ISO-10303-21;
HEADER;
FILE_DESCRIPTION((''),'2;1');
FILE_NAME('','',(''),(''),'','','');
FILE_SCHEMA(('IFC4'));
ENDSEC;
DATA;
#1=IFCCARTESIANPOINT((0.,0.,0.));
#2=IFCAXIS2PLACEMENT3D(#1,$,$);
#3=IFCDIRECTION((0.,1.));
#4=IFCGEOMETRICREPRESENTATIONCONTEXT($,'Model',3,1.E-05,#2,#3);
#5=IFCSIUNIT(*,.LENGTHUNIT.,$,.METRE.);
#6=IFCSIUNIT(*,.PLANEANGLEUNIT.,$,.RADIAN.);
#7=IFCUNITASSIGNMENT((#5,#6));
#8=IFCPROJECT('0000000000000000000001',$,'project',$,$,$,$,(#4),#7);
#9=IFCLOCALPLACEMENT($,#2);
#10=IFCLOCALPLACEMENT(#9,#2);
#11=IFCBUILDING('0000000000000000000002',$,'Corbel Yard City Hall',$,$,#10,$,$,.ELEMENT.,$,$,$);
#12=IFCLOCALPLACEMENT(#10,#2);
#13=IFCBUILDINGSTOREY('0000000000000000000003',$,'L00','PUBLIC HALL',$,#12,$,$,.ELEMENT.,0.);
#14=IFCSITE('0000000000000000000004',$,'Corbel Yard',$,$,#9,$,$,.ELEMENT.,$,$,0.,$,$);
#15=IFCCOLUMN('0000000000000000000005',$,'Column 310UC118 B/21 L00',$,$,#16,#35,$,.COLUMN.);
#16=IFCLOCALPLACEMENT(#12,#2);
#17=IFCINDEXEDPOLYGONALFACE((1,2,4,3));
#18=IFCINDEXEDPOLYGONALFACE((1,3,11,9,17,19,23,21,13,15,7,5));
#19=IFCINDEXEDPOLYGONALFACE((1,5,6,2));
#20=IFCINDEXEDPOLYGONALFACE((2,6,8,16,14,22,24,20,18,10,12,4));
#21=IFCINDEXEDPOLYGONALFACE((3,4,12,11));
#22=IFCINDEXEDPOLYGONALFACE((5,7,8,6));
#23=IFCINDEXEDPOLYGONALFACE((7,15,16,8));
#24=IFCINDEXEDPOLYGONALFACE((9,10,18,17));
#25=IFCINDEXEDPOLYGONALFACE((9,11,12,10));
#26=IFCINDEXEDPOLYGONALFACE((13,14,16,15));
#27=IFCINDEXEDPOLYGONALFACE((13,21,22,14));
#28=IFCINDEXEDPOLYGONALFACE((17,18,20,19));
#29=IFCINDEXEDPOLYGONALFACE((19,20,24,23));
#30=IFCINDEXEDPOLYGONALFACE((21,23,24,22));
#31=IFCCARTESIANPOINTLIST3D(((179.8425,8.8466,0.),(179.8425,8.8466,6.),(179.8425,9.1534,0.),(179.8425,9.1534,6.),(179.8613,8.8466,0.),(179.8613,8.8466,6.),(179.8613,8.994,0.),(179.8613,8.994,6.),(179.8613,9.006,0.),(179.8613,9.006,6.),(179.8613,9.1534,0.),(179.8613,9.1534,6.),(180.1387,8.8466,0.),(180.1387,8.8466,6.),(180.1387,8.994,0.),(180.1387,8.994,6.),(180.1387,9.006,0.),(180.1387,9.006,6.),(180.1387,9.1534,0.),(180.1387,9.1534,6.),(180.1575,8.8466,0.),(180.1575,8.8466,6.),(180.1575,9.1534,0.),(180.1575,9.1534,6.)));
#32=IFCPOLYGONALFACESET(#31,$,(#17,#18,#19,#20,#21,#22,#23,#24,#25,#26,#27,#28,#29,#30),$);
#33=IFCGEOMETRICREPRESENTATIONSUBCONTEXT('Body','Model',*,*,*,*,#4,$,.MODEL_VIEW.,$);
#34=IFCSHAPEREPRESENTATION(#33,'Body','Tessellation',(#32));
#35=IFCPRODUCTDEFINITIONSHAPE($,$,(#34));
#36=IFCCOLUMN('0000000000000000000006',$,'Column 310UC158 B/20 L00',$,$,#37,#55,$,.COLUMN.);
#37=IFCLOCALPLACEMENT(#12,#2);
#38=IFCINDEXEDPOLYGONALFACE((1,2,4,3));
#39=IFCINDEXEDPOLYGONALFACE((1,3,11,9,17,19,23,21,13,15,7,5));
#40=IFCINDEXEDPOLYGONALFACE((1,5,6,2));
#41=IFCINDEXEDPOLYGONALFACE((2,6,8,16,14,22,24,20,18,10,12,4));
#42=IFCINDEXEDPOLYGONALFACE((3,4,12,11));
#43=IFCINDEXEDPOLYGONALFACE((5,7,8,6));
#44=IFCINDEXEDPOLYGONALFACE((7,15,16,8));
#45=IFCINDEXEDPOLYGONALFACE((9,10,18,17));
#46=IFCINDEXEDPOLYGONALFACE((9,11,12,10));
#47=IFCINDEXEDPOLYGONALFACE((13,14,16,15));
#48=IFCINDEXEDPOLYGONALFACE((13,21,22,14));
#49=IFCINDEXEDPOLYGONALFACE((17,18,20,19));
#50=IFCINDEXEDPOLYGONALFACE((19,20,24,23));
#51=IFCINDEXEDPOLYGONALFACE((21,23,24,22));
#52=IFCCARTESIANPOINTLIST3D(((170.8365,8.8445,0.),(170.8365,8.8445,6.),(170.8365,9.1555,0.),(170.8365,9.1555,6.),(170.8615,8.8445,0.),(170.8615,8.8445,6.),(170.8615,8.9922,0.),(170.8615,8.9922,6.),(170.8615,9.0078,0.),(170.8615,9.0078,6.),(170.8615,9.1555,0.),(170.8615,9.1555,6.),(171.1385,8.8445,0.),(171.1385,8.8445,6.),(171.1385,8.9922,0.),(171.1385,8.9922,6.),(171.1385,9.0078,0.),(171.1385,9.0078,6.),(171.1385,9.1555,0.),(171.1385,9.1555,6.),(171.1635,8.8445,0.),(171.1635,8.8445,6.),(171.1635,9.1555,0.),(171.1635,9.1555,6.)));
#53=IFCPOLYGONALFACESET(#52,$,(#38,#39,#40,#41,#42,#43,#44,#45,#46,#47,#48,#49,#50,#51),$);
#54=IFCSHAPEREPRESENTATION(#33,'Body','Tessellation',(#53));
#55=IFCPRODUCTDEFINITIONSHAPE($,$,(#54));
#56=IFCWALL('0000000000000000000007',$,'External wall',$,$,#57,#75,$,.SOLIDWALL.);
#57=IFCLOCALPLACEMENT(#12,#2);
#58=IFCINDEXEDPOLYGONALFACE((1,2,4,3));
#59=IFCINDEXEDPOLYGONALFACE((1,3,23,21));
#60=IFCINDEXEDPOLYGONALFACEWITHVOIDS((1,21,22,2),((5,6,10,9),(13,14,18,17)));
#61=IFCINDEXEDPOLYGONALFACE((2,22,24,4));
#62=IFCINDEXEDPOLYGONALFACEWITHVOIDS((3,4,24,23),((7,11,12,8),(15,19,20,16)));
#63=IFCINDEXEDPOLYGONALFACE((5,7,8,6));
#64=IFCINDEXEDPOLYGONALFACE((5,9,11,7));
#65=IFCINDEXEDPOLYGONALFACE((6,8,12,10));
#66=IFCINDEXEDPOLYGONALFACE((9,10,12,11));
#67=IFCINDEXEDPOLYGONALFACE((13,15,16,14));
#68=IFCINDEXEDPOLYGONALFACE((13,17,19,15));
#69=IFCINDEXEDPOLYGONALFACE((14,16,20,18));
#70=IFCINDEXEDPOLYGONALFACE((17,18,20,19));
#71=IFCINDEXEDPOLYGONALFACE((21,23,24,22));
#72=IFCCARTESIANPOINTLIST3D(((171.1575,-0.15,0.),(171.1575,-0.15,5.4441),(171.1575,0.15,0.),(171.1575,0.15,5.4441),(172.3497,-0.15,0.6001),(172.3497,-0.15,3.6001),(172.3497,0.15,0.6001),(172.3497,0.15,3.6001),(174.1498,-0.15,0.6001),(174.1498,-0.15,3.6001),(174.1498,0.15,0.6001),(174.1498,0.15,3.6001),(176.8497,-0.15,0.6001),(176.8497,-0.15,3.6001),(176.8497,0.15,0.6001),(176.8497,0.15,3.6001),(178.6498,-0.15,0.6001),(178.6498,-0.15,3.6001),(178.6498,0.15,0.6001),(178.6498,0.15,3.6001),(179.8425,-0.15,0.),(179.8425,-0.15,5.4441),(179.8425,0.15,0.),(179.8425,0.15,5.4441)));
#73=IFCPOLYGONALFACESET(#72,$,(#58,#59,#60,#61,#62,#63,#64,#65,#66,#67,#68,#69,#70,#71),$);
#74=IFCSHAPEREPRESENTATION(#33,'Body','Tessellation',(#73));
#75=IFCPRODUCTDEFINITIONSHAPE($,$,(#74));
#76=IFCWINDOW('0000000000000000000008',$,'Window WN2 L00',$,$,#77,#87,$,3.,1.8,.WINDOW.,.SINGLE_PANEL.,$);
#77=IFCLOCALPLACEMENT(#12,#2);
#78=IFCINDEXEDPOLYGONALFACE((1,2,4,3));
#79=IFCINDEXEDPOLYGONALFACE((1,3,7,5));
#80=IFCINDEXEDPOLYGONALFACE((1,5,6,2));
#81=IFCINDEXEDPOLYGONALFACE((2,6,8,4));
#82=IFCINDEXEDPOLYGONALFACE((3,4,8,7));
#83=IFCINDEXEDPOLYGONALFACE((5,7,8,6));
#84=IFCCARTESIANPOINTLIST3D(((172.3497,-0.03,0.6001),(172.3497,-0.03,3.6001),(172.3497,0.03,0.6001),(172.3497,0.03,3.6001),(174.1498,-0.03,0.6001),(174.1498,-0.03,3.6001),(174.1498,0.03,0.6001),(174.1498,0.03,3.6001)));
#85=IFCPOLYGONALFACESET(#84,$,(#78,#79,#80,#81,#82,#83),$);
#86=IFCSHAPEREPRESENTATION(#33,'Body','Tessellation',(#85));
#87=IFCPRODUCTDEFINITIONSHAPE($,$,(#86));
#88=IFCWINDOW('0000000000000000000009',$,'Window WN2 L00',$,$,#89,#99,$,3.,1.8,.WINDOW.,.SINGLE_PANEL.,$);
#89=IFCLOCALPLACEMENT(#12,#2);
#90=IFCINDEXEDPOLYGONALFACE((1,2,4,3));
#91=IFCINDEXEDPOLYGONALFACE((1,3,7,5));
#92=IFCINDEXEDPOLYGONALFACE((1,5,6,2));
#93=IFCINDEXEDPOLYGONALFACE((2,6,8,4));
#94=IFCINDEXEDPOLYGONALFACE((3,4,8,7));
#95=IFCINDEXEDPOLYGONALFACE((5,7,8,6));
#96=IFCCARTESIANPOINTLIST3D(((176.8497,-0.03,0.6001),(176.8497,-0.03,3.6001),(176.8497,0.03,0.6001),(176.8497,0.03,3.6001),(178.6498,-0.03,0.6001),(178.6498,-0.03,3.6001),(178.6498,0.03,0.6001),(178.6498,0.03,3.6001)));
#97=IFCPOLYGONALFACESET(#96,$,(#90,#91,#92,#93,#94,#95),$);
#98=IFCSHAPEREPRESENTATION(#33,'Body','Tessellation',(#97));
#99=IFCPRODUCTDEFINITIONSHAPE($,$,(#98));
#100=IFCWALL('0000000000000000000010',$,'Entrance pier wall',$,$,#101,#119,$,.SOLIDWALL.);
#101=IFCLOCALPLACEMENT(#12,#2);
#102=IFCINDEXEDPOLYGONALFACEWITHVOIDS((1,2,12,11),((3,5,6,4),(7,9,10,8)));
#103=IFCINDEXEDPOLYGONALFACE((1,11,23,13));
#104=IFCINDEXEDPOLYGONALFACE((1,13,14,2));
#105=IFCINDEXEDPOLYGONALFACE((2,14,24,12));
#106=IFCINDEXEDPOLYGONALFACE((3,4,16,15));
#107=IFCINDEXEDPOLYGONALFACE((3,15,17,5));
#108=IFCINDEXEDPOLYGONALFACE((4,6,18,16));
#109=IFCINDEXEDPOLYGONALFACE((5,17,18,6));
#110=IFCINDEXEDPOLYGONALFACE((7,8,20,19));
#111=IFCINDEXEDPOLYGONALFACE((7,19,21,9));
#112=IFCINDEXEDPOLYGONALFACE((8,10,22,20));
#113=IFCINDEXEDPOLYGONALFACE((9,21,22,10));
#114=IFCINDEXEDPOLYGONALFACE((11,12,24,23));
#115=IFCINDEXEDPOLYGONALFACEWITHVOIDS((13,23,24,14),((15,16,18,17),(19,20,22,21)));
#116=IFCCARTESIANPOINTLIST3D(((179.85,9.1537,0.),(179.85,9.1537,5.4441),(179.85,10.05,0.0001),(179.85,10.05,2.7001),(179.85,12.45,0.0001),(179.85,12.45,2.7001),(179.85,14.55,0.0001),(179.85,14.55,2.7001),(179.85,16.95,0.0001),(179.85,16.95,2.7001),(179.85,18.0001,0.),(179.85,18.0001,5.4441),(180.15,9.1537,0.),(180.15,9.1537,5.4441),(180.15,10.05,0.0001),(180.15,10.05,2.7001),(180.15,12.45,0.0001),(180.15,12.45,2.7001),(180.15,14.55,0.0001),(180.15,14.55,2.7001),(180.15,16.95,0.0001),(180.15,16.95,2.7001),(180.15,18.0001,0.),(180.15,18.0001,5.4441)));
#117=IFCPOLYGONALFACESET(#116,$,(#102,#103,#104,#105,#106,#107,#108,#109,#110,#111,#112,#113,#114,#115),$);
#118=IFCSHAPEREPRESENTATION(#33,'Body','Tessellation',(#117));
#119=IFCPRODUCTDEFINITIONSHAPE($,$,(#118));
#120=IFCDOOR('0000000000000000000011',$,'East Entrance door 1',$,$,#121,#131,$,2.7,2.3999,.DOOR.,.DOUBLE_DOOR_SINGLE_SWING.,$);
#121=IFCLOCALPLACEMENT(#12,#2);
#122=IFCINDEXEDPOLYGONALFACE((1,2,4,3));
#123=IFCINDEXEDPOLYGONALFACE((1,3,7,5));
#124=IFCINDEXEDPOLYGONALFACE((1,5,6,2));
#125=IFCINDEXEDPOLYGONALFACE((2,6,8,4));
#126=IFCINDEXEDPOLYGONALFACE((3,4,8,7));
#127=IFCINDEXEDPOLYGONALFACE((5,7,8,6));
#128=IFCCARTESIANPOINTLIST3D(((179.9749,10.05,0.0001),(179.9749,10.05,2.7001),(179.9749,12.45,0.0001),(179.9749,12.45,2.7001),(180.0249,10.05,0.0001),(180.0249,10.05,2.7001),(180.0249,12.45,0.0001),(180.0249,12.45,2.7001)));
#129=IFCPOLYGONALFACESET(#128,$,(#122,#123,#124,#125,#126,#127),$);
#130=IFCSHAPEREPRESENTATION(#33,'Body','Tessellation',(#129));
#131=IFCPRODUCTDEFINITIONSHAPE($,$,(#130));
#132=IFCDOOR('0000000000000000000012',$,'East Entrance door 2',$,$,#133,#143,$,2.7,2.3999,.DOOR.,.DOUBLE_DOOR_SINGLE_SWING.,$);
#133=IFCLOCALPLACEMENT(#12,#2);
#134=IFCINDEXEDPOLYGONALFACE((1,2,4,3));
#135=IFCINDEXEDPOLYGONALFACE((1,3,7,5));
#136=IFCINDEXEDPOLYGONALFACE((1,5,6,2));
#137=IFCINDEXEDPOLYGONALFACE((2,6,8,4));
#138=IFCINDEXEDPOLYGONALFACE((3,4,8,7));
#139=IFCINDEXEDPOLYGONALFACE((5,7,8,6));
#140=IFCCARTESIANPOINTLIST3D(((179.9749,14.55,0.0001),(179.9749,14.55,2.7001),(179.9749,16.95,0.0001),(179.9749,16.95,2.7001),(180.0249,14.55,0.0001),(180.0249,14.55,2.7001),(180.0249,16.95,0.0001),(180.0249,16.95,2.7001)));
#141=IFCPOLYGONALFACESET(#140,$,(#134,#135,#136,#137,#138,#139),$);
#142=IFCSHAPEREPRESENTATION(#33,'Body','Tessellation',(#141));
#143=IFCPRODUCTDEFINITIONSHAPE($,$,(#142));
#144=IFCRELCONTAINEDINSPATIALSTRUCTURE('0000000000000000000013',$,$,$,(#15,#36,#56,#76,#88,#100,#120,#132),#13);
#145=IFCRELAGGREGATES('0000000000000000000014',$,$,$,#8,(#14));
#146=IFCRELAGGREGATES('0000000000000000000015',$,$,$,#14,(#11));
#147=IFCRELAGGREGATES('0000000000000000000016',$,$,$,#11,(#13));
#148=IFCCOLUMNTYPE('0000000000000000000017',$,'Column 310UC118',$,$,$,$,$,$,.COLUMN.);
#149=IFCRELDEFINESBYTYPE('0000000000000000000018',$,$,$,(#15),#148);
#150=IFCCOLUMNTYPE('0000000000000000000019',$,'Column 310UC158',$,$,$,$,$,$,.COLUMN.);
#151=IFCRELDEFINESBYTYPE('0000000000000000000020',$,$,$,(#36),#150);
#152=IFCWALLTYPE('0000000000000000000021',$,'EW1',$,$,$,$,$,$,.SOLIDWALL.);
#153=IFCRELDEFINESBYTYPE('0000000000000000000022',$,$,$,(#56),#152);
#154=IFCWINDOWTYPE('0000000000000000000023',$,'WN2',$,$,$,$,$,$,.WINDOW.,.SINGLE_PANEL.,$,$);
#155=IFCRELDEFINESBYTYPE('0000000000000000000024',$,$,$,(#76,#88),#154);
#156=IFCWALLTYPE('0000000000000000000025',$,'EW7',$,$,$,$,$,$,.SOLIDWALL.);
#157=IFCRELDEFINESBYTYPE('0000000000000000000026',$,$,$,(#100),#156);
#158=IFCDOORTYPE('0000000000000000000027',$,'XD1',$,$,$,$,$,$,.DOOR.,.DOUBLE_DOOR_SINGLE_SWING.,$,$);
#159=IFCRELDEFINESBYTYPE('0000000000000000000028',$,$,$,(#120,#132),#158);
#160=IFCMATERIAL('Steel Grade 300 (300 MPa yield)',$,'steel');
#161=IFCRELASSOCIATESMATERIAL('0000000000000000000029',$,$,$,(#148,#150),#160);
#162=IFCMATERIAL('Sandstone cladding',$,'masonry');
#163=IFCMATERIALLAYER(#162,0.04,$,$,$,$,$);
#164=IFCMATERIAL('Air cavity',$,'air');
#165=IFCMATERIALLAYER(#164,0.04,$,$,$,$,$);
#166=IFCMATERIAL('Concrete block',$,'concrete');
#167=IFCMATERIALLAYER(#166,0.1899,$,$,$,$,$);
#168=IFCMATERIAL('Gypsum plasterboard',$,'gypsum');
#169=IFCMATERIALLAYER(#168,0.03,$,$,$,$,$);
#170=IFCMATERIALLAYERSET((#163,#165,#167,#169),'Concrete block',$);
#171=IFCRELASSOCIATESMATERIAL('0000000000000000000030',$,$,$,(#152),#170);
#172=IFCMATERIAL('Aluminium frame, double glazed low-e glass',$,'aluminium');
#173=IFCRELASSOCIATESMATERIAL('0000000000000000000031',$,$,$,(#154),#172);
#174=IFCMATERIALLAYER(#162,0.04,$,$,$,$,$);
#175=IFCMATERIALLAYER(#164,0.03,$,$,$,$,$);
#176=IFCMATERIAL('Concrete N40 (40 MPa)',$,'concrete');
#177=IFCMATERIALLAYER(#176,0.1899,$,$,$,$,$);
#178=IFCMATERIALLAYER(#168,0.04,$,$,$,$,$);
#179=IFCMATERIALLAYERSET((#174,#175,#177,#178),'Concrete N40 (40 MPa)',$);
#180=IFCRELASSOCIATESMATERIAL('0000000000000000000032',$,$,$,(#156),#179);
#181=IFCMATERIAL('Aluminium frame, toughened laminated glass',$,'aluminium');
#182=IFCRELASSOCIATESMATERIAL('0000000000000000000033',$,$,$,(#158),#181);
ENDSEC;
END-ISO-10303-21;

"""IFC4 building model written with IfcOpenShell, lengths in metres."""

from ifc_helpers import new_model, si_unit, direction, frame, frame_2d, origin, origin_2d, place, context, subcontext, project, spatial, rectangle, i_section, extrude, material, layer, layer_set, material_profile, profile_set, type_object, element, fill, save


model = new_model("IFC4")

# Units and contexts
model_context = context("Model", 3, precision=1e-05, world=origin(), true_north=direction((0.0, 1.0)))
body_context = subcontext(model_context, "Body", "Model", "MODEL_VIEW")
ifc_project = project(units=[si_unit("LENGTHUNIT", "METRE"), si_unit("PLANEANGLEUNIT", "RADIAN")], contexts=[model_context])

# Site, building, storey
site_placement = place(None, origin())
site = spatial("IfcSite", under=ifc_project, at=site_placement, Name="Corbel Yard", CompositionType="ELEMENT", RefElevation=0.0)
building_placement = place(site_placement, origin())
building = spatial("IfcBuilding", under=site, at=building_placement, Name="Corbel Yard City Hall", CompositionType="ELEMENT")
storey_placement = place(building_placement, origin())
storey = spatial("IfcBuildingStorey", under=building, at=storey_placement, Name="L00", Description="PUBLIC HALL", CompositionType="ELEMENT", Elevation=0.0)

# Shared definitions
ifc_material_1 = material(Name="Concrete N40 (40 MPa)", Category="concrete")

# Columns
ifc_material_2 = material(Name="Steel Grade 300 (300 MPa yield)", Category="steel")
ifc_material_profile_1 = material_profile(ifc_material_2, i_section(OverallWidth=0.3069, OverallDepth=0.3149, WebThickness=0.012, FlangeThickness=0.0188, at=origin_2d()), Name="310UC118")
ifc_profile_set_1 = profile_set([ifc_material_profile_1], Name="Steel Grade 300 (300 MPa yield)")
column_type_1 = type_object("IfcColumnType", Name="Column 310UC118", PredefinedType="COLUMN", material=ifc_profile_set_1)
for number, where, z_axis, x_axis, name in (
    (1, (180.0, 9.0, 0.0), (0.0, 0.0, 1.0), (0.0, 1.0, 0.0), "Column 310UC118 B/21 L00"),
):
    element("IfcColumn", number, at=place(storey_placement, frame(where, z_axis=z_axis, x_axis=x_axis)), inside=storey, type_object=column_type_1, Name=name, PredefinedType="COLUMN", context=body_context, shape_type="SweptSolid", body=[
        extrude(i_section(OverallWidth=0.3069, OverallDepth=0.3149, WebThickness=0.012, FlangeThickness=0.0188, at=origin_2d()), origin(), (0.0, 0.0, 1.0), 6.0),
    ])
ifc_material_profile_2 = material_profile(ifc_material_2, i_section(OverallWidth=0.311, OverallDepth=0.3269, WebThickness=0.0156, FlangeThickness=0.0249, at=origin_2d()), Name="310UC158")
ifc_profile_set_2 = profile_set([ifc_material_profile_2], Name="Steel Grade 300 (300 MPa yield)")
column_type_2 = type_object("IfcColumnType", Name="Column 310UC158", PredefinedType="COLUMN", material=ifc_profile_set_2)
column_placement = place(storey_placement, frame((171.0, 9.0, 0.0), z_axis=(0.0, 0.0, 1.0), x_axis=(0.0, 1.0, 0.0)))
element("IfcColumn", 2, at=column_placement, inside=storey, type_object=column_type_2, Name="Column 310UC158 B/20 L00", PredefinedType="COLUMN", context=body_context, shape_type="SweptSolid", body=[
    extrude(i_section(OverallWidth=0.311, OverallDepth=0.3269, WebThickness=0.0156, FlangeThickness=0.0249, at=origin_2d()), origin(), (0.0, 0.0, 1.0), 6.0),
])

# Wall, openings, windows
ifc_material_3 = material(Name="Sandstone cladding", Category="masonry")
ifc_layer_1 = layer(ifc_material_3, 0.04)
ifc_material_4 = material(Name="Air cavity", Category="air")
ifc_layer_2 = layer(ifc_material_4, 0.04)
ifc_material_5 = material(Name="Concrete block", Category="concrete")
ifc_layer_3 = layer(ifc_material_5, 0.1899)
ifc_material_6 = material(Name="Gypsum plasterboard", Category="gypsum")
ifc_layer_4 = layer(ifc_material_6, 0.03)
ifc_layer_set_1 = layer_set([ifc_layer_1, ifc_layer_2, ifc_layer_3, ifc_layer_4], Name="Concrete block")
wall_type_1 = type_object("IfcWallType", Name="EW1", PredefinedType="SOLIDWALL", material=ifc_layer_set_1)
wall_1_placement = place(storey_placement, frame((171.1575, 0.0, 0.0), z_axis=(0.0, 0.0, 1.0), x_axis=(1.0, 0.0, 0.0)))
wall_1 = element("IfcWall", 3, at=wall_1_placement, inside=storey, type_object=wall_type_1, Name="External wall", PredefinedType="SOLIDWALL", context=body_context, shape_type="SweptSolid", body=[
    extrude(rectangle(XDim=8.6851, YDim=0.3, at=frame_2d((4.3425, 0.0))), origin(), (0.0, 0.0, 1.0), 5.4441),
])
opening_1_placement = place(wall_1_placement, frame((1.1924, 0.0, 0.6001)))
opening_1 = element("IfcOpeningElement", 4, at=opening_1_placement, cuts=wall_1, PredefinedType="OPENING", context=body_context, shape_type="SweptSolid", body=[
    extrude(rectangle(XDim=1.8, YDim=3.0, at=frame_2d((0.8999, 1.5))), frame((0.0, 0.1599, 0.0), z_axis=(0.0, -1.0, 0.0), x_axis=(1.0, 0.0, 0.0)), (0.0, 0.0, 1.0), 0.3201),
])
opening_2_placement = place(wall_1_placement, frame((5.6924, 0.0, 0.6001)))
opening_2 = element("IfcOpeningElement", 5, at=opening_2_placement, cuts=wall_1, PredefinedType="OPENING", context=body_context, shape_type="SweptSolid", body=[
    extrude(rectangle(XDim=1.8, YDim=3.0, at=frame_2d((0.8999, 1.5))), frame((0.0, 0.1599, 0.0), z_axis=(0.0, -1.0, 0.0), x_axis=(1.0, 0.0, 0.0)), (0.0, 0.0, 1.0), 0.3201),
])
ifc_material_7 = material(Name="Aluminium frame, double glazed low-e glass", Category="aluminium")
window_type = type_object("IfcWindowType", Name="WN2", PartitioningType="SINGLE_PANEL", PredefinedType="WINDOW", material=ifc_material_7)
window_1_placement = place(opening_1_placement, origin())
window_1 = element("IfcWindow", 6, at=window_1_placement, inside=storey, type_object=window_type, Name="Window WN2 L00", OverallHeight=3.0, OverallWidth=1.8, PartitioningType="SINGLE_PANEL", PredefinedType="WINDOW", context=body_context, shape_type="SweptSolid", body=[
    extrude(rectangle(XDim=1.8, YDim=3.0, at=frame_2d((0.8999, 1.5))), frame((0.0, 0.03, 0.0), z_axis=(0.0, -1.0, 0.0), x_axis=(1.0, 0.0, 0.0)), (0.0, 0.0, 1.0), 0.0601),
])
fill(opening_1, window_1)
window_2_placement = place(opening_2_placement, origin())
window_2 = element("IfcWindow", 7, at=window_2_placement, inside=storey, type_object=window_type, Name="Window WN2 L00", OverallHeight=3.0, OverallWidth=1.8, PartitioningType="SINGLE_PANEL", PredefinedType="WINDOW", context=body_context, shape_type="SweptSolid", body=[
    extrude(rectangle(XDim=1.8, YDim=3.0, at=frame_2d((0.8999, 1.5))), frame((0.0, 0.03, 0.0), z_axis=(0.0, -1.0, 0.0), x_axis=(1.0, 0.0, 0.0)), (0.0, 0.0, 1.0), 0.0601),
])
fill(opening_2, window_2)

# Wall, openings, doors
ifc_layer_5 = layer(ifc_material_3, 0.04)
ifc_layer_6 = layer(ifc_material_4, 0.03)
ifc_layer_7 = layer(ifc_material_1, 0.1899)
ifc_layer_8 = layer(ifc_material_6, 0.04)
ifc_layer_set_2 = layer_set([ifc_layer_5, ifc_layer_6, ifc_layer_7, ifc_layer_8], Name="Concrete N40 (40 MPa)")
wall_type_2 = type_object("IfcWallType", Name="EW7", PredefinedType="SOLIDWALL", material=ifc_layer_set_2)
wall_2_placement = place(storey_placement, frame((180.0, 9.1536, 0.0), z_axis=(0.0, 0.0, 1.0), x_axis=(0.0, 1.0, 0.0)))
wall_2 = element("IfcWall", 8, at=wall_2_placement, inside=storey, type_object=wall_type_2, Name="Entrance pier wall", PredefinedType="SOLIDWALL", context=body_context, shape_type="SweptSolid", body=[
    extrude(rectangle(XDim=8.8464, YDim=0.3, at=frame_2d((4.4233, 0.0))), origin(), (0.0, 0.0, 1.0), 5.4441),
])
opening_3_placement = place(wall_2_placement, frame((0.8965, 0.0, 0.0)))
opening_3 = element("IfcOpeningElement", 9, at=opening_3_placement, cuts=wall_2, PredefinedType="OPENING", context=body_context, shape_type="SweptSolid", body=[
    extrude(rectangle(XDim=2.3999, YDim=2.7, at=frame_2d((1.2, 1.3501))), frame((0.0, 0.1599, 0.0), z_axis=(0.0, -1.0, 0.0), x_axis=(1.0, 0.0, 0.0)), (0.0, 0.0, 1.0), 0.3201),
])
opening_4_placement = place(wall_2_placement, frame((5.3965, 0.0, 0.0)))
opening_4 = element("IfcOpeningElement", 10, at=opening_4_placement, cuts=wall_2, PredefinedType="OPENING", context=body_context, shape_type="SweptSolid", body=[
    extrude(rectangle(XDim=2.3999, YDim=2.7, at=frame_2d((1.2, 1.3501))), frame((0.0, 0.1599, 0.0), z_axis=(0.0, -1.0, 0.0), x_axis=(1.0, 0.0, 0.0)), (0.0, 0.0, 1.0), 0.3201),
])
ifc_material_8 = material(Name="Aluminium frame, toughened laminated glass", Category="aluminium")
door_type_1 = type_object("IfcDoorType", Name="XD1", OperationType="DOUBLE_DOOR_SINGLE_SWING", PredefinedType="DOOR", material=ifc_material_8)
door_1_placement = place(opening_3_placement, frame((2.3999, 0.0, 0.0), z_axis=(0.0, 0.0, 1.0), x_axis=(-1.0, 0.0, 0.0)))
door_1 = element("IfcDoor", 11, at=door_1_placement, inside=storey, type_object=door_type_1, Name="East Entrance door 1", OperationType="DOUBLE_DOOR_SINGLE_SWING", OverallHeight=2.7, OverallWidth=2.3999, PredefinedType="DOOR", context=body_context, shape_type="SweptSolid", body=[
    extrude(rectangle(XDim=2.3999, YDim=2.7, at=frame_2d((1.2, 1.3501))), frame((0.0, 0.0249, 0.0), z_axis=(0.0, -1.0, 0.0), x_axis=(1.0, 0.0, 0.0)), (0.0, 0.0, 1.0), 0.05),
])
fill(opening_3, door_1)
door_2_placement = place(opening_4_placement, frame((2.3999, 0.0, 0.0), z_axis=(0.0, 0.0, 1.0), x_axis=(-1.0, 0.0, 0.0)))
door_2 = element("IfcDoor", 12, at=door_2_placement, inside=storey, type_object=door_type_1, Name="East Entrance door 2", OperationType="DOUBLE_DOOR_SINGLE_SWING", OverallHeight=2.7, OverallWidth=2.3999, PredefinedType="DOOR", context=body_context, shape_type="SweptSolid", body=[
    extrude(rectangle(XDim=2.3999, YDim=2.7, at=frame_2d((1.2, 1.3501))), frame((0.0, 0.0249, 0.0), z_axis=(0.0, -1.0, 0.0), x_axis=(1.0, 0.0, 0.0)), (0.0, 0.0, 1.0), 0.05),
])
fill(opening_4, door_2)

save(model, "model.ifc")
